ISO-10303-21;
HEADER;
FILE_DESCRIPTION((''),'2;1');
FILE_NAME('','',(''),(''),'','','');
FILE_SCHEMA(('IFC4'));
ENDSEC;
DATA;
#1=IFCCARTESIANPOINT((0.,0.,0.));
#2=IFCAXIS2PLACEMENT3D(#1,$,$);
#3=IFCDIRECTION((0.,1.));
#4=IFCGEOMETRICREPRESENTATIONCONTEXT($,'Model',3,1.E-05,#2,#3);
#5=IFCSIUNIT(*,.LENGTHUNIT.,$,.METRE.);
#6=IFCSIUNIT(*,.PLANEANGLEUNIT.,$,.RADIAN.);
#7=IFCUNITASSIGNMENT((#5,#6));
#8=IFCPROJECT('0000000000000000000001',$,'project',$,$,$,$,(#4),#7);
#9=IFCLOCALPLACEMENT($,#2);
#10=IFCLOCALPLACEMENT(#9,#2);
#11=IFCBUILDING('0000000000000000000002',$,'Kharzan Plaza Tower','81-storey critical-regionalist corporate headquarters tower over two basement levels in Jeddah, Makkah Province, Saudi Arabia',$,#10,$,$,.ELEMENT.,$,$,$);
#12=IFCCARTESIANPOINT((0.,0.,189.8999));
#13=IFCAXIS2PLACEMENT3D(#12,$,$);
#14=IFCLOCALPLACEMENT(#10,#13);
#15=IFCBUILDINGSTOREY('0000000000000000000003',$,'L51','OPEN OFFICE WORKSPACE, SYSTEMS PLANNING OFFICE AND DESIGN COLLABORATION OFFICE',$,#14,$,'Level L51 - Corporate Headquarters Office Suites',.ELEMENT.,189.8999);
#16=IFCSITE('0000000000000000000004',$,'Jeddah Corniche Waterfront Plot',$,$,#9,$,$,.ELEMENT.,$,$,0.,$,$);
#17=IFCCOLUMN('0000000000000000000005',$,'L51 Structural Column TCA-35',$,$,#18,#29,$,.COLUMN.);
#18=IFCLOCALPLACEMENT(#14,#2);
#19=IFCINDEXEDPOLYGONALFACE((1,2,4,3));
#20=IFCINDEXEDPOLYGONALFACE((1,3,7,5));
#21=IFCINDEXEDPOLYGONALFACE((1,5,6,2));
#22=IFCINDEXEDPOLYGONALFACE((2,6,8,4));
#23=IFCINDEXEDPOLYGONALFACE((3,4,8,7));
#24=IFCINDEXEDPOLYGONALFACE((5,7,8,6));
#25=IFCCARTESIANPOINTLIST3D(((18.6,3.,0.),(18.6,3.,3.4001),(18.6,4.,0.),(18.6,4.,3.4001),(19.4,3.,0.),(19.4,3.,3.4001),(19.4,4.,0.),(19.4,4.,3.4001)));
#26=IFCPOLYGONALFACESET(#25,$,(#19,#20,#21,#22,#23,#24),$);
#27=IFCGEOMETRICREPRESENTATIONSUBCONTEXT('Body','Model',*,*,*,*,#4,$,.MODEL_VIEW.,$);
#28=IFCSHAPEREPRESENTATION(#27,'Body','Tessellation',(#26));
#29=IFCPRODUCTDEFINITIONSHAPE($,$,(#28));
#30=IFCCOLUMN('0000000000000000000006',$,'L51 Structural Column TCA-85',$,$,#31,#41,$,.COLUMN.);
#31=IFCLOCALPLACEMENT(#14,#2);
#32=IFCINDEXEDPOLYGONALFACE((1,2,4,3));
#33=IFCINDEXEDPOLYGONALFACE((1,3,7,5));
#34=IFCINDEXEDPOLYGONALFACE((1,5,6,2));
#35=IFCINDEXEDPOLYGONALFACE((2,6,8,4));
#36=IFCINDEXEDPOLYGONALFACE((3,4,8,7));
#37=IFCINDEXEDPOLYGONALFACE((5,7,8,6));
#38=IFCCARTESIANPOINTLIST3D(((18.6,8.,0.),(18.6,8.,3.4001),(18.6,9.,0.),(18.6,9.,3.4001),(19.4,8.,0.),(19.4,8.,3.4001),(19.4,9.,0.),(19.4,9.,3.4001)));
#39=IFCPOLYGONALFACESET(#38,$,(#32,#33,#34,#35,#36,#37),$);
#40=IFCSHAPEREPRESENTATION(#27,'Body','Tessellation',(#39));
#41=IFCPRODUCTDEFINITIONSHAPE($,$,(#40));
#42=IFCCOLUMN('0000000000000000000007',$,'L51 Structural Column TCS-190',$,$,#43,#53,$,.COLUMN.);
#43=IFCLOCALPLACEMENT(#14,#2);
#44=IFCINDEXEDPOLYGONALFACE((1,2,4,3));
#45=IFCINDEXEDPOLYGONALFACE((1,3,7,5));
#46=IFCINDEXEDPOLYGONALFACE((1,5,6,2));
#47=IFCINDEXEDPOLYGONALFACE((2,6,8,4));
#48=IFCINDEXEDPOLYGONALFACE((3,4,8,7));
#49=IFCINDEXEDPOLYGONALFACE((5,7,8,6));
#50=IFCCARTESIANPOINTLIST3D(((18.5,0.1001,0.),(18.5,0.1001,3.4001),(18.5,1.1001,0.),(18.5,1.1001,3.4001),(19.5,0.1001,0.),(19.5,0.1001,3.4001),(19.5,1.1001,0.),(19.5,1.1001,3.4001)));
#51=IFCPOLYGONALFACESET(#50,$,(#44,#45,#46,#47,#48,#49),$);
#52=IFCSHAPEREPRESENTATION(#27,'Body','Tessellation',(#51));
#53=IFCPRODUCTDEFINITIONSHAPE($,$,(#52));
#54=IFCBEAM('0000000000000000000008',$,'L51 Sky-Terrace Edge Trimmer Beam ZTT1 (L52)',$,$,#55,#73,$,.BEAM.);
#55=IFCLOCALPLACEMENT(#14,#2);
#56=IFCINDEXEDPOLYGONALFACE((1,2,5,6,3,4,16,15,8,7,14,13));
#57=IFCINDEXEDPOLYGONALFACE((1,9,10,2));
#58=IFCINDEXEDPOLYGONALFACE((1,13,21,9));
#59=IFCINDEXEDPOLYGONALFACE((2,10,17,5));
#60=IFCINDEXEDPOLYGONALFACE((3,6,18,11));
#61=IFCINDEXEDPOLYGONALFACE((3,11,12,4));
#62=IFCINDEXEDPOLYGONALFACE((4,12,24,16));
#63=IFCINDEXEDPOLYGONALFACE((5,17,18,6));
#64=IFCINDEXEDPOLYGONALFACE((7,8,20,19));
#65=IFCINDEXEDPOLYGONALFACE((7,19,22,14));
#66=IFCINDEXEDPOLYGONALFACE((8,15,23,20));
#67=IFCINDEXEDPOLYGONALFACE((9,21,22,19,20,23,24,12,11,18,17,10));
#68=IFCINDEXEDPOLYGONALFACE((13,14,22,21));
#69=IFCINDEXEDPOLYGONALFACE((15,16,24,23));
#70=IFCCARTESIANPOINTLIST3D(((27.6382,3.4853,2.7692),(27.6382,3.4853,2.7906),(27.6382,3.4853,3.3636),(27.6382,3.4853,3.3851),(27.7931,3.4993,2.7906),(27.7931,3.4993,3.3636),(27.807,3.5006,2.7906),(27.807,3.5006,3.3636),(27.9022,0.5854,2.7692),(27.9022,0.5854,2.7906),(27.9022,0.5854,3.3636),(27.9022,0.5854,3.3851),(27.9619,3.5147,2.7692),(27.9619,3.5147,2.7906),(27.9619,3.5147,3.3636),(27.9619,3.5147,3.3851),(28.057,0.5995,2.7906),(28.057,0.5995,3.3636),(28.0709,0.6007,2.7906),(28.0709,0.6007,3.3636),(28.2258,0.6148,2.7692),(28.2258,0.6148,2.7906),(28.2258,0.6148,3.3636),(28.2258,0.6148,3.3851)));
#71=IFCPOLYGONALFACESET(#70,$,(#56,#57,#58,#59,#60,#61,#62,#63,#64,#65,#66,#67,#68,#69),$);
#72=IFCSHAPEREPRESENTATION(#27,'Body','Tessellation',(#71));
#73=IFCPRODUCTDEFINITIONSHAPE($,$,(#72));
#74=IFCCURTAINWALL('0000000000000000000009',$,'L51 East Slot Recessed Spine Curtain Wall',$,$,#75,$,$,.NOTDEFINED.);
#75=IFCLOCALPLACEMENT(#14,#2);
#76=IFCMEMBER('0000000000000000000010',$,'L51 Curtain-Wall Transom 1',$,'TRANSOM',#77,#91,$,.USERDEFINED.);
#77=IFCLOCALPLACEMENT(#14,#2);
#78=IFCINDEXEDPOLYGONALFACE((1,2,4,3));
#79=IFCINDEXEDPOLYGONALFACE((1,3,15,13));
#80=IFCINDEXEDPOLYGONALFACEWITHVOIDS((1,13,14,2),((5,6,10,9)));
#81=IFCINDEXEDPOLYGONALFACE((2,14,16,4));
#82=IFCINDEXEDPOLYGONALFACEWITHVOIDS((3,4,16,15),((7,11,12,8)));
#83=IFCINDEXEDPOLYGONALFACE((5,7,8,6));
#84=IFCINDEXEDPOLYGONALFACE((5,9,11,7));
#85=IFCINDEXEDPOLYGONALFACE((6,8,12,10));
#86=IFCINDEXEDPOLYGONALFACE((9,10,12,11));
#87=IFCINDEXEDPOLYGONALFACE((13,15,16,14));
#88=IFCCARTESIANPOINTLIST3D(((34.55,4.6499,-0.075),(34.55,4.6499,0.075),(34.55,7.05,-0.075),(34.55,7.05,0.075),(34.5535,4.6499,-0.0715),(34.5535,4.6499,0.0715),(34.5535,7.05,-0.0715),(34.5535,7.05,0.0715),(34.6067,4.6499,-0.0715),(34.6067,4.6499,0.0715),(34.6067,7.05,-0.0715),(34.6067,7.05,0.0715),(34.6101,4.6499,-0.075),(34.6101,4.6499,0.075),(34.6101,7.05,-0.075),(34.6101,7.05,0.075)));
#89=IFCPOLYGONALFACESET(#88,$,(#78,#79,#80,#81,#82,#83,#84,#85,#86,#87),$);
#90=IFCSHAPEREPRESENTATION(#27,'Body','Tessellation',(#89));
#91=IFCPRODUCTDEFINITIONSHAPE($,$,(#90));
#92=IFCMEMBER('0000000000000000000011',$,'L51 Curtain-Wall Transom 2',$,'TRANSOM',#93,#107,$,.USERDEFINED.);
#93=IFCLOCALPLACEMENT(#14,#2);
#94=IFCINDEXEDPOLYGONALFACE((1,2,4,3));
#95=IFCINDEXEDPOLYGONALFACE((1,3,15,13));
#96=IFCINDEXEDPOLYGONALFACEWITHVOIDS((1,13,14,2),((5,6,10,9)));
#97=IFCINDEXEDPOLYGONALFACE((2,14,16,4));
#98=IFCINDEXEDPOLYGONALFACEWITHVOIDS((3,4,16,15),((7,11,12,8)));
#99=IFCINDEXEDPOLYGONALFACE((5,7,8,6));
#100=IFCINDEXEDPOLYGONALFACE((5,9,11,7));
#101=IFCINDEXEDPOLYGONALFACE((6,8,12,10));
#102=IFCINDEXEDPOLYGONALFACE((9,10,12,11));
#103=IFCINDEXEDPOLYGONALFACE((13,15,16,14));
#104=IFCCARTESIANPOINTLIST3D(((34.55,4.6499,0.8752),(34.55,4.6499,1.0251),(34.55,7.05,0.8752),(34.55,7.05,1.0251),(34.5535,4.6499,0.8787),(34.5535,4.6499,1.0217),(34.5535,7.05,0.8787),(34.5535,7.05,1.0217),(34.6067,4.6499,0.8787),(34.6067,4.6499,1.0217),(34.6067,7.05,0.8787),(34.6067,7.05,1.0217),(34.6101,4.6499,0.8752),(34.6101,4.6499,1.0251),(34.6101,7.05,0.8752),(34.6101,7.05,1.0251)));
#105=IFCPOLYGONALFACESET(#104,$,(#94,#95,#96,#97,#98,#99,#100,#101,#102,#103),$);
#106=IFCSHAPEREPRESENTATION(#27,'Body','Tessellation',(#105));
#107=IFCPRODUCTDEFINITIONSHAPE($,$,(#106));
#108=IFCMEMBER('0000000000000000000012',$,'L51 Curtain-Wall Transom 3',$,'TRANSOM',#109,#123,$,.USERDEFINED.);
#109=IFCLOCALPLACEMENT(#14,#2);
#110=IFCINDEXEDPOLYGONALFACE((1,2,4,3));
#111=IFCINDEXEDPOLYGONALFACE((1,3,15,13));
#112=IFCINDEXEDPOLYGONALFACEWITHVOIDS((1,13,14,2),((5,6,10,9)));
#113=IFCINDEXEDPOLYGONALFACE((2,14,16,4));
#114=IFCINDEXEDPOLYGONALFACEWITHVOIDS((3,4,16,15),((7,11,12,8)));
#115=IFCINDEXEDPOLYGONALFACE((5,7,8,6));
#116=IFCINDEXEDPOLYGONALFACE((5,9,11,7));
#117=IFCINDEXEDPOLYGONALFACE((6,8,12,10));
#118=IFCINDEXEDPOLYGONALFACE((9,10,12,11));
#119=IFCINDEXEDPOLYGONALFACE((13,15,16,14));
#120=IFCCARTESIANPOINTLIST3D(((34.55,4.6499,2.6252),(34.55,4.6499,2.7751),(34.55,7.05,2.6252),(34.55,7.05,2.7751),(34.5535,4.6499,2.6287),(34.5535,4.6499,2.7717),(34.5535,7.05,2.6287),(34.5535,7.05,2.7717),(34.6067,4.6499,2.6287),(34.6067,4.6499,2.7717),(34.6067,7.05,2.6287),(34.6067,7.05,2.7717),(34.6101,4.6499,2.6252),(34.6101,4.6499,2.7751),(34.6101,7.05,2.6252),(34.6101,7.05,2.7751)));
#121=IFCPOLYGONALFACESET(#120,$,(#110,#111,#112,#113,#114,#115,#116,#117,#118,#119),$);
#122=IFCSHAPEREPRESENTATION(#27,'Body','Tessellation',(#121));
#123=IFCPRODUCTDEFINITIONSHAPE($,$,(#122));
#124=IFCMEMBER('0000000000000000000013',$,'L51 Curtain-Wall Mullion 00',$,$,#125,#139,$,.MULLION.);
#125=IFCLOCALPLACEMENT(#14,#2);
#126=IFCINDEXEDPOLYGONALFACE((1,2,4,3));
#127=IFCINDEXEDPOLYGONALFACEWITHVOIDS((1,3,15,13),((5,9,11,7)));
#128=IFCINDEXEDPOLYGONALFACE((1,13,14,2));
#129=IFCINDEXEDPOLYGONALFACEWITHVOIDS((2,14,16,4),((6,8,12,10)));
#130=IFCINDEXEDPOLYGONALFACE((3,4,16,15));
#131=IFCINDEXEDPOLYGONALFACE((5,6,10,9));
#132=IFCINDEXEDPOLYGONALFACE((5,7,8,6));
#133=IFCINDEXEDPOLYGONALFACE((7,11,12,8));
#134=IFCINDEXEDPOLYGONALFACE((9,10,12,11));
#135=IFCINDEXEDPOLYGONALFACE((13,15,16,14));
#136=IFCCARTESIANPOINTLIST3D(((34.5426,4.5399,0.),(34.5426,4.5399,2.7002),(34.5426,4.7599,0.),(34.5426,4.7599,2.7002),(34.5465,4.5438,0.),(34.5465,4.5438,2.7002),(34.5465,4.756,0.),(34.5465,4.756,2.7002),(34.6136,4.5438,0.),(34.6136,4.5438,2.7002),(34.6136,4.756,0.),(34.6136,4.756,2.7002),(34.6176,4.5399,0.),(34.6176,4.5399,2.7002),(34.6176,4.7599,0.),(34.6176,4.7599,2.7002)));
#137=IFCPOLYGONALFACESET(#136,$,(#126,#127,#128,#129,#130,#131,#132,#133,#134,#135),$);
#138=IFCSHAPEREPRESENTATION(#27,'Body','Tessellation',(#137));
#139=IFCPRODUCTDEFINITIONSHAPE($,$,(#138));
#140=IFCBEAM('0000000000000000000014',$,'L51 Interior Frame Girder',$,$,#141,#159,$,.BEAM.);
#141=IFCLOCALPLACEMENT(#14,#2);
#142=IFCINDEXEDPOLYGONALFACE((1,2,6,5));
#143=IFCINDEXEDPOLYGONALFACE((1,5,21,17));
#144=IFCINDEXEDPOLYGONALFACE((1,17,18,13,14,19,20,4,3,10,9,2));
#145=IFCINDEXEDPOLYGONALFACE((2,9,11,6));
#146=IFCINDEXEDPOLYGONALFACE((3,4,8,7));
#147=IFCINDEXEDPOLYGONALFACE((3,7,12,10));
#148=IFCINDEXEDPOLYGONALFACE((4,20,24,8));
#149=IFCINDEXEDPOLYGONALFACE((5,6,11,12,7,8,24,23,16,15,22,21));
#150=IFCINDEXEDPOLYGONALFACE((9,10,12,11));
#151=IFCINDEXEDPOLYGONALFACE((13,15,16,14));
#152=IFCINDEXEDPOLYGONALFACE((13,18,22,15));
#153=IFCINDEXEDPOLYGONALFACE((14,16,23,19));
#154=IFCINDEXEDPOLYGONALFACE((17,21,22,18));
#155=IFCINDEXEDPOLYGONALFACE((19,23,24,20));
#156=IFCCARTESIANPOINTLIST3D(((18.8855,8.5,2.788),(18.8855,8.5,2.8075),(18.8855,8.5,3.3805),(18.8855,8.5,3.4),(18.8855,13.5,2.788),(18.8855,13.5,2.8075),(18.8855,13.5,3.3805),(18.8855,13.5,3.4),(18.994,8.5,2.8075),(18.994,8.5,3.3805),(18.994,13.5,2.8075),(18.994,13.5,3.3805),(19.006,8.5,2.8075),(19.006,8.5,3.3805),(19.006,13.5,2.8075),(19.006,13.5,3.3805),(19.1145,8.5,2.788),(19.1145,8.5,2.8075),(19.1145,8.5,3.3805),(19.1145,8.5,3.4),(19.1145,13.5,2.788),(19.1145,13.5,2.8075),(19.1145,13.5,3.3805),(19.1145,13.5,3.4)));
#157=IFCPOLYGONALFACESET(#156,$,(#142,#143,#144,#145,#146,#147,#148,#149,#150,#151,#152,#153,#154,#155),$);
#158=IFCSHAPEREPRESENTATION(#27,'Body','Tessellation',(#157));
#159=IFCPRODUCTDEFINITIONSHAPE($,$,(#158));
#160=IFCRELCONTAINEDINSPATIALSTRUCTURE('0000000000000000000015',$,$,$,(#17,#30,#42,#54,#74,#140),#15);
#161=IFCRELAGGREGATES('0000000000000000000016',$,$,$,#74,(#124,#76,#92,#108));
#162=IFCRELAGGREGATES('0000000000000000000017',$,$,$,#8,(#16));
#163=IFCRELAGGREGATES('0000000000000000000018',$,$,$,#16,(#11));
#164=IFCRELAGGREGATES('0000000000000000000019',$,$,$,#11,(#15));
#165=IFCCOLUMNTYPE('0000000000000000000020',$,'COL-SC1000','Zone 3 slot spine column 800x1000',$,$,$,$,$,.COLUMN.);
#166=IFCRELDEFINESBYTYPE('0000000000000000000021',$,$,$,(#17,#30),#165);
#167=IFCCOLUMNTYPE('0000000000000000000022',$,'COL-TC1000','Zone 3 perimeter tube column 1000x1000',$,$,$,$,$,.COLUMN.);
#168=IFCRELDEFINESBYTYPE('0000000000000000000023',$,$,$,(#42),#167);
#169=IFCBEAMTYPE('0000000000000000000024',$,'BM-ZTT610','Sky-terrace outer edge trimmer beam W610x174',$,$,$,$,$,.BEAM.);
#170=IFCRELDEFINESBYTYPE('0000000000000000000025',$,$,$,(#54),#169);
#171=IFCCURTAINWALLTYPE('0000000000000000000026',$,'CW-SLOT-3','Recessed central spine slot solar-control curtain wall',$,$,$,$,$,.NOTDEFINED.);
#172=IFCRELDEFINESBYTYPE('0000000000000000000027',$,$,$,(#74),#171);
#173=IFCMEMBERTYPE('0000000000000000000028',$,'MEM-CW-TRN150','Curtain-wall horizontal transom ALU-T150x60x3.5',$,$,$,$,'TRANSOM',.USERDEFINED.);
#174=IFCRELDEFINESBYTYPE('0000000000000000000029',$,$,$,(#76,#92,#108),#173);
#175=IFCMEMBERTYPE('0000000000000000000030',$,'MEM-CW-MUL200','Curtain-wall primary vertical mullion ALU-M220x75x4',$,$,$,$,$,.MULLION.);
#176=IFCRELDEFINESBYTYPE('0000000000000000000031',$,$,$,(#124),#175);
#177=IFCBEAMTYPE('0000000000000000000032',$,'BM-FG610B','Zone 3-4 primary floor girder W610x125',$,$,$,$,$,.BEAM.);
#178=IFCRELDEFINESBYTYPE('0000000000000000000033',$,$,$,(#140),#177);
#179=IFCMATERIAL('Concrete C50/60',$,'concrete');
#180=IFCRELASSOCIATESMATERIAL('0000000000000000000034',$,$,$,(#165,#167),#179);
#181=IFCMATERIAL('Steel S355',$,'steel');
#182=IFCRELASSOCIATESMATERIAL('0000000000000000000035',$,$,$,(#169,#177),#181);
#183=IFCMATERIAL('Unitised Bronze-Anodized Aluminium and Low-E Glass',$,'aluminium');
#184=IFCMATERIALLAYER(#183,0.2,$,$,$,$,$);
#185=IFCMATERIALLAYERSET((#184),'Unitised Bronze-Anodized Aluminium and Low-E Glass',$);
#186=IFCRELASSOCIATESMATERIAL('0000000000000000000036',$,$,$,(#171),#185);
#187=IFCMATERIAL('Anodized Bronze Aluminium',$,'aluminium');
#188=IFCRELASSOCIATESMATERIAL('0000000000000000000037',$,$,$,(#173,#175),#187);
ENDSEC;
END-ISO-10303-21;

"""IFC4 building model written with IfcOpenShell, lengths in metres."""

from ifc_helpers import new_model, si_unit, direction, frame, origin, origin_2d, place, context, subcontext, project, spatial, rectangle, hollow_rectangle, i_section, extrude, source, transform, mapped, material, layer, layer_set, material_profile, profile_set, type_object, element, aggregate, save


model = new_model("IFC4")

# Units and contexts
model_context = context("Model", 3, precision=1e-05, world=origin(), true_north=direction((0.0, 1.0)))
body_context = subcontext(model_context, "Body", "Model", "MODEL_VIEW")
ifc_project = project(units=[si_unit("LENGTHUNIT", "METRE"), si_unit("PLANEANGLEUNIT", "RADIAN")], contexts=[model_context])

# Site, building, storey
site_placement = place(None, origin())
site = spatial("IfcSite", under=ifc_project, at=site_placement, Name="Jeddah Corniche Waterfront Plot", CompositionType="ELEMENT", RefElevation=0.0)
building_placement = place(site_placement, origin())
building = spatial("IfcBuilding", under=site, at=building_placement, Name="Kharzan Plaza Tower", Description="81-storey critical-regionalist corporate headquarters tower over two basement levels in Jeddah, Makkah Province, Saudi Arabia", CompositionType="ELEMENT")
storey_placement = place(building_placement, frame((0.0, 0.0, 189.8999)))
storey = spatial("IfcBuildingStorey", under=building, at=storey_placement, Name="L51", Description="OPEN OFFICE WORKSPACE, SYSTEMS PLANNING OFFICE AND DESIGN COLLABORATION OFFICE", LongName="Level L51 - Corporate Headquarters Office Suites", CompositionType="ELEMENT", Elevation=189.8999)

# Columns
ifc_material_1 = material(Name="Concrete C50/60", Category="concrete")
ifc_material_profile_1 = material_profile(ifc_material_1, rectangle(XDim=0.8, YDim=1.0, at=origin_2d()), Name="RC-SC1000x800")
ifc_profile_set_1 = profile_set([ifc_material_profile_1], Name="Concrete C50/60")
column_type_1 = type_object("IfcColumnType", Name="COL-SC1000", Description="Zone 3 slot spine column 800x1000", PredefinedType="COLUMN", material=ifc_profile_set_1)
shared_shape_1 = source(origin(), body_context, "Body", "SweptSolid", [
    extrude(rectangle(XDim=0.8, YDim=1.0, at=origin_2d()), origin(), (0.0, 0.0, 1.0), 3.4001),
])
for number, where, z_axis, x_axis, name in (
    (1, (19.0, 3.5, 0.0), (0.0, 0.0, 1.0), (1.0, 0.0, 0.0), "L51 Structural Column TCA-35"),
    (2, (19.0, 8.5, 0.0), (0.0, 0.0, 1.0), (1.0, 0.0, 0.0), "L51 Structural Column TCA-85"),
):
    element("IfcColumn", number, at=place(storey_placement, frame(where, z_axis=z_axis, x_axis=x_axis)), inside=storey, type_object=column_type_1, Name=name, PredefinedType="COLUMN", context=body_context, shape_type="MappedRepresentation", body=[
        mapped(shared_shape_1, transform((0.0, 0.0, 0.0), x_axis=(1.0, 0.0, 0.0), y_axis=(0.0, 1.0, 0.0), z_axis=(0.0, 0.0, 1.0))),
    ])
ifc_material_profile_2 = material_profile(ifc_material_1, rectangle(XDim=1.0, YDim=1.0, at=origin_2d()), Name="RC-TC1000x1000")
ifc_profile_set_2 = profile_set([ifc_material_profile_2], Name="Concrete C50/60")
column_type_2 = type_object("IfcColumnType", Name="COL-TC1000", Description="Zone 3 perimeter tube column 1000x1000", PredefinedType="COLUMN", material=ifc_profile_set_2)
shared_shape_2 = source(origin(), body_context, "Body", "SweptSolid", [
    extrude(rectangle(XDim=1.0, YDim=1.0, at=origin_2d()), origin(), (0.0, 0.0, 1.0), 3.4001),
])
column_placement = place(storey_placement, frame((19.0, 0.6001, 0.0), z_axis=(0.0, 0.0, 1.0), x_axis=(1.0, 0.0, 0.0)))
element("IfcColumn", 3, at=column_placement, inside=storey, type_object=column_type_2, Name="L51 Structural Column TCS-190", PredefinedType="COLUMN", context=body_context, shape_type="MappedRepresentation", body=[
    mapped(shared_shape_2, transform((0.0, 0.0, 0.0), x_axis=(1.0, 0.0, 0.0), y_axis=(0.0, 1.0, 0.0), z_axis=(0.0, 0.0, 1.0))),
])

# Beam
ifc_material_2 = material(Name="Steel S355", Category="steel")
ifc_material_profile_3 = material_profile(ifc_material_2, i_section(OverallWidth=0.325, OverallDepth=0.616, WebThickness=0.0139, FlangeThickness=0.0215, at=origin_2d()), Name="W610x174")
ifc_profile_set_3 = profile_set([ifc_material_profile_3], Name="Steel S355")
beam_type_1 = type_object("IfcBeamType", Name="BM-ZTT610", Description="Sky-terrace outer edge trimmer beam W610x174", PredefinedType="BEAM", material=ifc_profile_set_3)
shared_shape_3 = source(origin(), body_context, "Body", "SweptSolid", [
    extrude(i_section(OverallWidth=0.325, OverallDepth=0.616, WebThickness=0.0139, FlangeThickness=0.0215, at=origin_2d()), origin(), (0.0, 0.0, 1.0), 2.9119),
])
beam_1_placement = place(storey_placement, frame((28.064, 0.6001, 3.0771), z_axis=(-0.090634, 0.995884, 0.0), x_axis=(-0.995884, -0.090634, 0.0)))
element("IfcBeam", 4, at=beam_1_placement, inside=storey, type_object=beam_type_1, Name="L51 Sky-Terrace Edge Trimmer Beam ZTT1 (L52)", PredefinedType="BEAM", context=body_context, shape_type="MappedRepresentation", body=[
    mapped(shared_shape_3, transform((0.0, 0.0, 0.0), x_axis=(1.0, 0.0, 0.0), y_axis=(0.0, 1.0, 0.0), z_axis=(0.0, 0.0, 1.0))),
])

# Curtain wall, members
ifc_material_3 = material(Name="Unitised Bronze-Anodized Aluminium and Low-E Glass", Category="aluminium")
ifc_layer_1 = layer(ifc_material_3, 0.2)
ifc_layer_set_1 = layer_set([ifc_layer_1], Name="Unitised Bronze-Anodized Aluminium and Low-E Glass")
curtain_wall_type = type_object("IfcCurtainWallType", Name="CW-SLOT-3", Description="Recessed central spine slot solar-control curtain wall", PredefinedType="NOTDEFINED", material=ifc_layer_set_1)
curtain_wall_placement = place(storey_placement, origin())
curtain_wall = element("IfcCurtainWall", 5, at=curtain_wall_placement, inside=storey, type_object=curtain_wall_type, Name="L51 East Slot Recessed Spine Curtain Wall", PredefinedType="NOTDEFINED")
ifc_material_4 = material(Name="Anodized Bronze Aluminium", Category="aluminium")
ifc_material_profile_4 = material_profile(ifc_material_4, hollow_rectangle(XDim=0.0601, YDim=0.1499, WallThickness=0.0034, at=origin_2d()), Name="ALU-T150x60x3.5")
ifc_profile_set_4 = profile_set([ifc_material_profile_4], Name="Anodized Bronze Aluminium")
member_type_1 = type_object("IfcMemberType", Name="MEM-CW-TRN150", Description="Curtain-wall horizontal transom ALU-T150x60x3.5", ElementType="TRANSOM", PredefinedType="USERDEFINED", material=ifc_profile_set_4)
shared_shape_4 = source(origin(), body_context, "Body", "SweptSolid", [
    extrude(hollow_rectangle(XDim=0.0601, YDim=0.1499, WallThickness=0.0034, at=origin_2d()), origin(), (0.0, 0.0, 1.0), 2.4001),
])
member_1_placement = place(storey_placement, frame((34.5801, 4.6499, 0.0), z_axis=(0.0, 1.0, 0.0), x_axis=(-1.0, 0.0, 0.0)))
member_1 = element("IfcMember", 6, at=member_1_placement, type_object=member_type_1, Name="L51 Curtain-Wall Transom 1", ObjectType="TRANSOM", PredefinedType="USERDEFINED", context=body_context, shape_type="MappedRepresentation", body=[
    mapped(shared_shape_4, transform((0.0, 0.0, 0.0), x_axis=(1.0, 0.0, 0.0), y_axis=(0.0, 1.0, 0.0), z_axis=(0.0, 0.0, 1.0))),
])
member_2_placement = place(storey_placement, frame((34.5801, 4.6499, 0.9502), z_axis=(0.0, 1.0, 0.0), x_axis=(-1.0, 0.0, 0.0)))
member_2 = element("IfcMember", 7, at=member_2_placement, type_object=member_type_1, Name="L51 Curtain-Wall Transom 2", ObjectType="TRANSOM", PredefinedType="USERDEFINED", context=body_context, shape_type="MappedRepresentation", body=[
    mapped(shared_shape_4, transform((0.0, 0.0, 0.0), x_axis=(1.0, 0.0, 0.0), y_axis=(0.0, 1.0, 0.0), z_axis=(0.0, 0.0, 1.0))),
])
member_3_placement = place(storey_placement, frame((34.5801, 4.6499, 2.7002), z_axis=(0.0, 1.0, 0.0), x_axis=(-1.0, 0.0, 0.0)))
member_3 = element("IfcMember", 8, at=member_3_placement, type_object=member_type_1, Name="L51 Curtain-Wall Transom 3", ObjectType="TRANSOM", PredefinedType="USERDEFINED", context=body_context, shape_type="MappedRepresentation", body=[
    mapped(shared_shape_4, transform((0.0, 0.0, 0.0), x_axis=(1.0, 0.0, 0.0), y_axis=(0.0, 1.0, 0.0), z_axis=(0.0, 0.0, 1.0))),
])
ifc_material_profile_5 = material_profile(ifc_material_4, hollow_rectangle(XDim=0.075, YDim=0.22, WallThickness=0.0039, at=origin_2d()), Name="ALU-M220x75x4")
ifc_profile_set_5 = profile_set([ifc_material_profile_5], Name="Anodized Bronze Aluminium")
member_type_2 = type_object("IfcMemberType", Name="MEM-CW-MUL200", Description="Curtain-wall primary vertical mullion ALU-M220x75x4", PredefinedType="MULLION", material=ifc_profile_set_5)
shared_shape_5 = source(origin(), body_context, "Body", "SweptSolid", [
    extrude(hollow_rectangle(XDim=0.075, YDim=0.22, WallThickness=0.0039, at=origin_2d()), origin(), (0.0, 0.0, 1.0), 2.7002),
])
member_4_placement = place(storey_placement, frame((34.5801, 4.6499, 0.0), z_axis=(0.0, 0.0, 1.0), x_axis=(1.0, 0.0, 0.0)))
member_4 = element("IfcMember", 9, at=member_4_placement, type_object=member_type_2, Name="L51 Curtain-Wall Mullion 00", PredefinedType="MULLION", context=body_context, shape_type="MappedRepresentation", body=[
    mapped(shared_shape_5, transform((0.0, 0.0, 0.0), x_axis=(1.0, 0.0, 0.0), y_axis=(0.0, 1.0, 0.0), z_axis=(0.0, 0.0, 1.0))),
])
aggregate(curtain_wall, [member_4, member_1, member_2, member_3])

# Beam
ifc_material_profile_6 = material_profile(ifc_material_2, i_section(OverallWidth=0.229, OverallDepth=0.6121, WebThickness=0.012, FlangeThickness=0.0195, at=origin_2d()), Name="W610x125")
ifc_profile_set_6 = profile_set([ifc_material_profile_6], Name="Steel S355")
beam_type_2 = type_object("IfcBeamType", Name="BM-FG610B", Description="Zone 3-4 primary floor girder W610x125", PredefinedType="BEAM", material=ifc_profile_set_6)
shared_shape_6 = source(origin(), body_context, "Body", "SweptSolid", [
    extrude(i_section(OverallWidth=0.229, OverallDepth=0.6121, WebThickness=0.012, FlangeThickness=0.0195, at=origin_2d()), origin(), (0.0, 0.0, 1.0), 5.0),
])
beam_2_placement = place(storey_placement, frame((19.0, 8.5, 3.094), z_axis=(0.0, 1.0, 0.0), x_axis=(-1.0, 0.0, 0.0)))
element("IfcBeam", 10, at=beam_2_placement, inside=storey, type_object=beam_type_2, Name="L51 Interior Frame Girder", PredefinedType="BEAM", context=body_context, shape_type="MappedRepresentation", body=[
    mapped(shared_shape_6, transform((0.0, 0.0, 0.0), x_axis=(1.0, 0.0, 0.0), y_axis=(0.0, 1.0, 0.0), z_axis=(0.0, 0.0, 1.0))),
])

save(model, "model.ifc")
